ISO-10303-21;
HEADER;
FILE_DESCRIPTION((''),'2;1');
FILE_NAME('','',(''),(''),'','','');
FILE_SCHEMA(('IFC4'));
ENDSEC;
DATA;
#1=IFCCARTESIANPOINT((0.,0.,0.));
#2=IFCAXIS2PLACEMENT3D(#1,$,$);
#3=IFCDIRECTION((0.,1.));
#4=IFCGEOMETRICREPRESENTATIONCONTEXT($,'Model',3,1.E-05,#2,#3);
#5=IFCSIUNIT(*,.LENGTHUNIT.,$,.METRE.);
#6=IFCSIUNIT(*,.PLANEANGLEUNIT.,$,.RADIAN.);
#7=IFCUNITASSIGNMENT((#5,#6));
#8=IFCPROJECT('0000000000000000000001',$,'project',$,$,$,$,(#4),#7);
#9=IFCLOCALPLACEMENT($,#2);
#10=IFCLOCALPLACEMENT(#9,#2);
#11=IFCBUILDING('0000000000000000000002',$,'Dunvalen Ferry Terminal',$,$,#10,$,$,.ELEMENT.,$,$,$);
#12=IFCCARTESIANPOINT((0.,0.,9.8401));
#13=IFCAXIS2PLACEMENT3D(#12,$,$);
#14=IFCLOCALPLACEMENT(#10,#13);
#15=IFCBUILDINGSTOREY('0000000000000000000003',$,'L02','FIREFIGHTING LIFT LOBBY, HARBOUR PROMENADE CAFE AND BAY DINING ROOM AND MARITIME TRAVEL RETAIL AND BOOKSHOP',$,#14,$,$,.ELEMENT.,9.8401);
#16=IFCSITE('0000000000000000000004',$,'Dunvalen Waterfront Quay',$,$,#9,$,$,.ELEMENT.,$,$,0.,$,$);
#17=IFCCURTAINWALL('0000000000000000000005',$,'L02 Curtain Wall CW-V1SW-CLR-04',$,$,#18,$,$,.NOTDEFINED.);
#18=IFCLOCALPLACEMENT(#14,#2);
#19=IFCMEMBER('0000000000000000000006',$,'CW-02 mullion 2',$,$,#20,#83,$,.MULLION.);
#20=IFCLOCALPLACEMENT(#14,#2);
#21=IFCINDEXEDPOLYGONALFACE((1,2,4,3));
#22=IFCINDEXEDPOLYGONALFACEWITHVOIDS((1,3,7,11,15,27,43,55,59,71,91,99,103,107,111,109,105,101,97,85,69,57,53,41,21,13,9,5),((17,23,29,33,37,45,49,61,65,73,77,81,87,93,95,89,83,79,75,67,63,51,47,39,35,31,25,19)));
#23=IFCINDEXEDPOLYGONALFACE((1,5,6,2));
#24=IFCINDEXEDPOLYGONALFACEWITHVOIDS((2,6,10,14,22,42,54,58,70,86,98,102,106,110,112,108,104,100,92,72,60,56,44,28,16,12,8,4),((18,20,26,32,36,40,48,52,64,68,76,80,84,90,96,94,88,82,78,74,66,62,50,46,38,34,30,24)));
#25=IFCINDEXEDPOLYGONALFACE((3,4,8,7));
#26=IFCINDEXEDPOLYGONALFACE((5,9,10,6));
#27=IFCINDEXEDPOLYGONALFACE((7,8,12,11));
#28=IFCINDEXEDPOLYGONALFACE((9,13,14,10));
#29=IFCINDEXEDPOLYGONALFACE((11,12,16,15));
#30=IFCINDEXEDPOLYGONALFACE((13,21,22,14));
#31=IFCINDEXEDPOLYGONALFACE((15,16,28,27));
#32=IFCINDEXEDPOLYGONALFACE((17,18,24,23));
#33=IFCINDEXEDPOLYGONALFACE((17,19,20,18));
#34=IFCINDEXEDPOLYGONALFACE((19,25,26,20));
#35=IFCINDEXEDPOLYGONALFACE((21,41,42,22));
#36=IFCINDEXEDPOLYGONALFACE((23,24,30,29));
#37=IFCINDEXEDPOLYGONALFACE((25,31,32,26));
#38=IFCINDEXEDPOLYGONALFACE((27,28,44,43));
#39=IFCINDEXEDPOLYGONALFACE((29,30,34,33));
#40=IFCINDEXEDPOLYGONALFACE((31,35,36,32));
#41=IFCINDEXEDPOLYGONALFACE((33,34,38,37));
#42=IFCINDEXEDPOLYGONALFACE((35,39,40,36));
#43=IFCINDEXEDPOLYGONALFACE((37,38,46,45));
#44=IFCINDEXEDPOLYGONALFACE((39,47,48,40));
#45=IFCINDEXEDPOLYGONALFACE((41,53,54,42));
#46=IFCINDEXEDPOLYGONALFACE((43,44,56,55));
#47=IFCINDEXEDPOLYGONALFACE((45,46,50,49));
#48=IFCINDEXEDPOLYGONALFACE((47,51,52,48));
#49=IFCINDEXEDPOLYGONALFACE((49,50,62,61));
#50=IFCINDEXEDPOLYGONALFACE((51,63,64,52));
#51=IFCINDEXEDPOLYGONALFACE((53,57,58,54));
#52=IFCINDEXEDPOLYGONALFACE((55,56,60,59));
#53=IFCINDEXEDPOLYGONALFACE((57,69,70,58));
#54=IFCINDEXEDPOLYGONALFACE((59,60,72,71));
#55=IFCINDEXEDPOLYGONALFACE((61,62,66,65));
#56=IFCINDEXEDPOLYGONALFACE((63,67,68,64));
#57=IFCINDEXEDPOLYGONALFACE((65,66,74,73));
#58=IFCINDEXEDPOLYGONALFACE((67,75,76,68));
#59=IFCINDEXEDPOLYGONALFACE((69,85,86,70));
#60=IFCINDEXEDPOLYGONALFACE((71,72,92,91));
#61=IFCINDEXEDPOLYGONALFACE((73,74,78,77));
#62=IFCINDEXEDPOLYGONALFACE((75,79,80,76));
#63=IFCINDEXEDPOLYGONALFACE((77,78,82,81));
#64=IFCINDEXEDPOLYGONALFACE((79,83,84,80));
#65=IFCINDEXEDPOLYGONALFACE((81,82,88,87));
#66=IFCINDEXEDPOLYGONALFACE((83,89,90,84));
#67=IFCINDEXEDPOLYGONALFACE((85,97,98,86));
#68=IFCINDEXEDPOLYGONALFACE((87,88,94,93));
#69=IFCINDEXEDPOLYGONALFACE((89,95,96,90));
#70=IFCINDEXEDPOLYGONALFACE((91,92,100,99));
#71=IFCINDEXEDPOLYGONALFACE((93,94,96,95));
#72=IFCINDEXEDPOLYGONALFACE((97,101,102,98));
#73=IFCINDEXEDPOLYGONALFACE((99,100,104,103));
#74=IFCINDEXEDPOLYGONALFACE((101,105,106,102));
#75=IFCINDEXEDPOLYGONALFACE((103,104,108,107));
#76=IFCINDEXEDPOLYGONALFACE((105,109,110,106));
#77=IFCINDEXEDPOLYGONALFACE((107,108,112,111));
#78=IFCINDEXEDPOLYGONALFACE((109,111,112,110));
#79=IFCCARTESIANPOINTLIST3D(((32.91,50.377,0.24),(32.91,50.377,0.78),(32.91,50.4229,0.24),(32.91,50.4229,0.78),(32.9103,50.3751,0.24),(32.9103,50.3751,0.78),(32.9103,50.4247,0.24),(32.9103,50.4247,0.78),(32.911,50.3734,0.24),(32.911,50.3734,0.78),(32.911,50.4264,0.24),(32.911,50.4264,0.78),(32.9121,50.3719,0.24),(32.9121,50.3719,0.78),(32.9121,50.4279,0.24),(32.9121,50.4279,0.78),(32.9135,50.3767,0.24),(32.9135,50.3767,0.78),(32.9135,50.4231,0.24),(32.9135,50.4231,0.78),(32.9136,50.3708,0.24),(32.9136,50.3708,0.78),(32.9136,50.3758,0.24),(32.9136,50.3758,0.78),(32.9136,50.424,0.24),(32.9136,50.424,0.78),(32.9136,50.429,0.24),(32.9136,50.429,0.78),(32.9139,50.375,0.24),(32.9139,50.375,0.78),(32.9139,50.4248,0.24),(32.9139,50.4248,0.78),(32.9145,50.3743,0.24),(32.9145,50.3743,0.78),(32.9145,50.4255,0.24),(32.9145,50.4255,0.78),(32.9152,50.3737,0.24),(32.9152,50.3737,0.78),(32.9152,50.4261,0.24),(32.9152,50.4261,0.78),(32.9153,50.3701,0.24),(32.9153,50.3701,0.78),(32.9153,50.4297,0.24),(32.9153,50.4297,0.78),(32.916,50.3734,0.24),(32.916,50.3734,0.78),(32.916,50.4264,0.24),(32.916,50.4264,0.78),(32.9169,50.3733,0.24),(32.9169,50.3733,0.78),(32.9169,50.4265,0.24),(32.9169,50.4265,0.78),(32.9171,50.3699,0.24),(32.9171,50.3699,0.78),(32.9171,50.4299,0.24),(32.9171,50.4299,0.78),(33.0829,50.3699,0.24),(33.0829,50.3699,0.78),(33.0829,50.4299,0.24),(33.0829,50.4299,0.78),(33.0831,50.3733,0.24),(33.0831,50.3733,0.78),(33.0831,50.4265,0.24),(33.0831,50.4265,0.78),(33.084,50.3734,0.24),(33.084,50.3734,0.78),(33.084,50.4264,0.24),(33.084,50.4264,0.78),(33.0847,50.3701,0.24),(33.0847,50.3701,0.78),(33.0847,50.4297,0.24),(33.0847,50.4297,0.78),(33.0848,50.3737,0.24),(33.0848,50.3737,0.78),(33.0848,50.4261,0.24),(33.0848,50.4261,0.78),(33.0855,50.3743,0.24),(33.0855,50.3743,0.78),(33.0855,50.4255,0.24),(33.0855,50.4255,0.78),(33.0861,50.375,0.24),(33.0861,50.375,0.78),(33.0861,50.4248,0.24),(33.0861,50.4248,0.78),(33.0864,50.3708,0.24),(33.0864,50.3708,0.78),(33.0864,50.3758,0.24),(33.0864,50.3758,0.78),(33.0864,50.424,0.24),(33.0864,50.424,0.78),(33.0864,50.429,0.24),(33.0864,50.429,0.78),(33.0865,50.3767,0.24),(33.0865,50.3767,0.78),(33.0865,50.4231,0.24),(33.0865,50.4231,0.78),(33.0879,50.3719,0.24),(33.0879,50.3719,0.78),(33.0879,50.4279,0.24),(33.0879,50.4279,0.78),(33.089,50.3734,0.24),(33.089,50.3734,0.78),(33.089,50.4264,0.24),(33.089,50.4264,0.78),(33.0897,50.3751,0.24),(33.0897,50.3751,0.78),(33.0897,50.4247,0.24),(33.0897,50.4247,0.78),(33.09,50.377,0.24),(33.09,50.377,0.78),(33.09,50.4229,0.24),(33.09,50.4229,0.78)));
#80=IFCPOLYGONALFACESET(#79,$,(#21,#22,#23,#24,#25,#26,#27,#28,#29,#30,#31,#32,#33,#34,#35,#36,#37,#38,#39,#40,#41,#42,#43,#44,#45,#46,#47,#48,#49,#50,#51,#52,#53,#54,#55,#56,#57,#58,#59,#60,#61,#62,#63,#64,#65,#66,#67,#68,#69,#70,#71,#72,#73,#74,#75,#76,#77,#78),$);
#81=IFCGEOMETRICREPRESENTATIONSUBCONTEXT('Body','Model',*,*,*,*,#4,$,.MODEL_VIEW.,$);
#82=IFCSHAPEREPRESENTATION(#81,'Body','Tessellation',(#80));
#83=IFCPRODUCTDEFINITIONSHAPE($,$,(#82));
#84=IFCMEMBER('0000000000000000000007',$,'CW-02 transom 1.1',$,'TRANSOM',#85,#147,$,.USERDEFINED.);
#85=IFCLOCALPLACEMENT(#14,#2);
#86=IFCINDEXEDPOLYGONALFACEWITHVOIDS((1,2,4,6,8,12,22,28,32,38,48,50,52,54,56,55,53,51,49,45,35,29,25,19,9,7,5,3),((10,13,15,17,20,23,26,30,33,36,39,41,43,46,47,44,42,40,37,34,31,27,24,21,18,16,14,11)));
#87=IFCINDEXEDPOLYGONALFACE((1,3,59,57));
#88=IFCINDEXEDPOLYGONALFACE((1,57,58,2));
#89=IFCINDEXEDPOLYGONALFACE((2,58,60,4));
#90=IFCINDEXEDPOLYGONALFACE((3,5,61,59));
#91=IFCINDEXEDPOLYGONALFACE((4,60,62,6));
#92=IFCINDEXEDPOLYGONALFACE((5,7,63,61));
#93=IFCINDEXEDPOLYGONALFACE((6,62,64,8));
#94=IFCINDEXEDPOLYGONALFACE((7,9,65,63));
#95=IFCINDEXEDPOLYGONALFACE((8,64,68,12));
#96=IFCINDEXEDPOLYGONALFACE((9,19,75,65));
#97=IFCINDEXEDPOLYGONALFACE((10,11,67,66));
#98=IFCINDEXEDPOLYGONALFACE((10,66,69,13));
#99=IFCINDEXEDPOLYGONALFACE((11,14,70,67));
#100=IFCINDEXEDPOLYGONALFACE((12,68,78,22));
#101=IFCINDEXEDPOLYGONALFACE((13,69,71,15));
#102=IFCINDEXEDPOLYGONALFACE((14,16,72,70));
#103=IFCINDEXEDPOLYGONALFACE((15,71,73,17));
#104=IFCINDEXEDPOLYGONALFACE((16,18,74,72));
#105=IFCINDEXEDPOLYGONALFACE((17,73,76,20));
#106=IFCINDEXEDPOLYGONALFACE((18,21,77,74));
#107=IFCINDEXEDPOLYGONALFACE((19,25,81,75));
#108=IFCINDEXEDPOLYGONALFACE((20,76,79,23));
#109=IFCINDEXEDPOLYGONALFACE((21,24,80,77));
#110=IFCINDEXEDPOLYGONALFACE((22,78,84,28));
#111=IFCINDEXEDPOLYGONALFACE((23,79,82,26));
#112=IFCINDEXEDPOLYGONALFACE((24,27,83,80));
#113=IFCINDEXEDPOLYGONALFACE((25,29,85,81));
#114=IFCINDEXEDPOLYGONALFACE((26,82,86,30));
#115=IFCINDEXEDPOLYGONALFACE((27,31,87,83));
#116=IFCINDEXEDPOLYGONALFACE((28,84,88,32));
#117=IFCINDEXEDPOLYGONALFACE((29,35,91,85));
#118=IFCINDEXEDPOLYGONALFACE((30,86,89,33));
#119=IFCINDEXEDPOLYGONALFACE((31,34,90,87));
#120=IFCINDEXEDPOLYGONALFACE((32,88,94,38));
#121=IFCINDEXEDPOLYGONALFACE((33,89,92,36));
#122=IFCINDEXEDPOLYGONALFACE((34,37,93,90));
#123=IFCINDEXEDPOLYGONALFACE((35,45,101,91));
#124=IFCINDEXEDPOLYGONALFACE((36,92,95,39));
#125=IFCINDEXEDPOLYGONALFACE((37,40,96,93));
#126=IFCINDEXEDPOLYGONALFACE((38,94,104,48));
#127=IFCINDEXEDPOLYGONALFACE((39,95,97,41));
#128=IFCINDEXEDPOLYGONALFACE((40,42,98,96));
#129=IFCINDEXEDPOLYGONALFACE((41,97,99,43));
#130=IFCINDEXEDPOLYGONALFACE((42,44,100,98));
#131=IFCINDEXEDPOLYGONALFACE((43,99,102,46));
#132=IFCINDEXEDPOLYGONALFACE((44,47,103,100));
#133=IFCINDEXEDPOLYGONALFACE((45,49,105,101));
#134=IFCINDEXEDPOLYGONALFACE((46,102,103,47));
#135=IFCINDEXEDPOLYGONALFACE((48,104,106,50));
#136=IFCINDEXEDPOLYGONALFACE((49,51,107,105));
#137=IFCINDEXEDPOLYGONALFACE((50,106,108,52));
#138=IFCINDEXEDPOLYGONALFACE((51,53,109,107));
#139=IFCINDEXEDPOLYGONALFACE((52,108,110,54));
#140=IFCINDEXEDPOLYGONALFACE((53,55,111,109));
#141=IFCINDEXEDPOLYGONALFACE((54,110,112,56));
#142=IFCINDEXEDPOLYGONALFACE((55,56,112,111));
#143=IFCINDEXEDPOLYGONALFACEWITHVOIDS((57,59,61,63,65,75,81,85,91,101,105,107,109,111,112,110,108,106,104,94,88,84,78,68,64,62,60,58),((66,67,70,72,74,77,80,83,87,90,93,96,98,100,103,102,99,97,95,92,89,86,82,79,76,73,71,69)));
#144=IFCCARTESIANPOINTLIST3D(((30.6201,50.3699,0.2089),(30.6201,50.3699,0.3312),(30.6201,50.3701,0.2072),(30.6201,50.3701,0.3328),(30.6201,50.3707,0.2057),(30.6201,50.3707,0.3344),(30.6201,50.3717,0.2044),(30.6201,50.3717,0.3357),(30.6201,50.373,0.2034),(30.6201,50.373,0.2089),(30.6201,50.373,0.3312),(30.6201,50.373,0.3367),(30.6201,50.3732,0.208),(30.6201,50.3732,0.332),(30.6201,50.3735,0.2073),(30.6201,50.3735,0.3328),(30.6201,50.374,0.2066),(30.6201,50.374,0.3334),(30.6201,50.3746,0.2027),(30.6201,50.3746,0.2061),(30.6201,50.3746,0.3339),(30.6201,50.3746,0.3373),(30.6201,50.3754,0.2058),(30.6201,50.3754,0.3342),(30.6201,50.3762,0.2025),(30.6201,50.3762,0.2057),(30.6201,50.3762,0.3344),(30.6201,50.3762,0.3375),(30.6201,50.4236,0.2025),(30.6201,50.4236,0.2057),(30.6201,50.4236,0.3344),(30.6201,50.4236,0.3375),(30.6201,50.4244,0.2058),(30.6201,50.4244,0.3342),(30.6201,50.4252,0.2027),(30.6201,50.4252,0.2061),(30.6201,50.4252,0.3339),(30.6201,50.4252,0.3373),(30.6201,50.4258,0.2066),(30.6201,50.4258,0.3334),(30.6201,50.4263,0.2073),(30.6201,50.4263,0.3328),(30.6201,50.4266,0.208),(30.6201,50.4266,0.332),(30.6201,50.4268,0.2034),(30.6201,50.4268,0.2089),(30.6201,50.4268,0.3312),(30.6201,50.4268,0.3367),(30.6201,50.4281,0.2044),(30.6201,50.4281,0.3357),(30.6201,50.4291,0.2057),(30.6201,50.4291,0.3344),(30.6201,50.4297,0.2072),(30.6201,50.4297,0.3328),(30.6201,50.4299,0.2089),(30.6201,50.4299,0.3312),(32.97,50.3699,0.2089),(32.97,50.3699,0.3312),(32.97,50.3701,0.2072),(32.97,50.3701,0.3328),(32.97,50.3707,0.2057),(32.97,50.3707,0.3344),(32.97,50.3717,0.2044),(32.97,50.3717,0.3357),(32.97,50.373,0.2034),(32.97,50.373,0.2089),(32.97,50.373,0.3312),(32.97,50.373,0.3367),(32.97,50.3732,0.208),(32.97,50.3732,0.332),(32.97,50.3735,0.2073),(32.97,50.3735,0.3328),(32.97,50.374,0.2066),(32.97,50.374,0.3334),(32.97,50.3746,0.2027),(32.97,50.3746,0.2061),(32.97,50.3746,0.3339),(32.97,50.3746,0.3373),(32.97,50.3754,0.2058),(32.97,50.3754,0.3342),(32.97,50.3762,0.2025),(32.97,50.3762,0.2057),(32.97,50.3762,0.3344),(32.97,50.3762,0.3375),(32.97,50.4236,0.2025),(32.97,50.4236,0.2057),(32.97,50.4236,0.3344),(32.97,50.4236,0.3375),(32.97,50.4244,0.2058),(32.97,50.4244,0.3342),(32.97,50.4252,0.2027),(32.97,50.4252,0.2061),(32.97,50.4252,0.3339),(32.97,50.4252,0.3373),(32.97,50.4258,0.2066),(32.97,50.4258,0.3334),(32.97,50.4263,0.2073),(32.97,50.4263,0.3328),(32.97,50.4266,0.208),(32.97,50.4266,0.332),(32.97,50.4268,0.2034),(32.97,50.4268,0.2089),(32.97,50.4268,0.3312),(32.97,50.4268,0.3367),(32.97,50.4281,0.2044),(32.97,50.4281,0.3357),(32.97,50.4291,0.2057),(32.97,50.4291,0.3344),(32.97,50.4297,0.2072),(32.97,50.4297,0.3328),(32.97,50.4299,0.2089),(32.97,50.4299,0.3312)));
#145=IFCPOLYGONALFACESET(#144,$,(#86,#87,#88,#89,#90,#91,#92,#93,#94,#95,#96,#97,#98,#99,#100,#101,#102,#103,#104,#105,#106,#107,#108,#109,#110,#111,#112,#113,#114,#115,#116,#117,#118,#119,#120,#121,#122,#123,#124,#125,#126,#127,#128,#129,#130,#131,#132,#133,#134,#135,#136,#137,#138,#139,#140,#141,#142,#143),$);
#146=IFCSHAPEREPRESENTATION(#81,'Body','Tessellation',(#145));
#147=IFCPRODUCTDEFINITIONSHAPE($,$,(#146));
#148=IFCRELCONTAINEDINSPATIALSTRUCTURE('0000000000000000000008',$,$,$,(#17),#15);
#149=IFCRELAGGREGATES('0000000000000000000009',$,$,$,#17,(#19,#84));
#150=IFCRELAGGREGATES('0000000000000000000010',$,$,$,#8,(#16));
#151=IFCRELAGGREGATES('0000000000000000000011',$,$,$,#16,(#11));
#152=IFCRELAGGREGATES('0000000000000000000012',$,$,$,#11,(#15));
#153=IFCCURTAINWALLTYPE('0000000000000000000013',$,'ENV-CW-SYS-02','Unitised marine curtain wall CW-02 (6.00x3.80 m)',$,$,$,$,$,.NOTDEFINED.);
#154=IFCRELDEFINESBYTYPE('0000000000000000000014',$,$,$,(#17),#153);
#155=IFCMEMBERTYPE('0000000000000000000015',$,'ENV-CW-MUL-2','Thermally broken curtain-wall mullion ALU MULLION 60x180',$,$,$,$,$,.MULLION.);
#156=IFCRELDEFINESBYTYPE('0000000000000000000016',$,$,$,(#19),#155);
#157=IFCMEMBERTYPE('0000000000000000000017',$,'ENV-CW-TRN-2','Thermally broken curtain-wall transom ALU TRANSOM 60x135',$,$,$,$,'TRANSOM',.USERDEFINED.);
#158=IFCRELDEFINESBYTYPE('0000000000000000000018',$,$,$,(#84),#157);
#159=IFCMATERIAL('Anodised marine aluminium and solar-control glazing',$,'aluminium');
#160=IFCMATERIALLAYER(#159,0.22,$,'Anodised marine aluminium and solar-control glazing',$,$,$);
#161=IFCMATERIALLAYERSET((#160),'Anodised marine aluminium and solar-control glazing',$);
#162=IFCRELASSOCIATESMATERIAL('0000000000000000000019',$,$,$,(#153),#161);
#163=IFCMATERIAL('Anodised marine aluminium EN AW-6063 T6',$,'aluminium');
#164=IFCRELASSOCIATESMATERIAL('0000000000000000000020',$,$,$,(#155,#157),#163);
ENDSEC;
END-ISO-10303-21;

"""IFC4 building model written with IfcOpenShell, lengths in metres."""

from ifc_helpers import new_model, si_unit, direction, frame, origin, origin_2d, place, context, subcontext, project, spatial, hollow_rectangle, extrude, material, layer, layer_set, material_profile, profile_set, type_object, element, aggregate, save


model = new_model("IFC4")

# Units and contexts
model_context = context("Model", 3, precision=1e-05, world=origin(), true_north=direction((0.0, 1.0)))
body_context = subcontext(model_context, "Body", "Model", "MODEL_VIEW")
ifc_project = project(units=[si_unit("LENGTHUNIT", "METRE"), si_unit("PLANEANGLEUNIT", "RADIAN")], contexts=[model_context])

# Site, building, storey
site_placement = place(None, origin())
site = spatial("IfcSite", under=ifc_project, at=site_placement, Name="Dunvalen Waterfront Quay", CompositionType="ELEMENT", RefElevation=0.0)
building_placement = place(site_placement, origin())
building = spatial("IfcBuilding", under=site, at=building_placement, Name="Dunvalen Ferry Terminal", CompositionType="ELEMENT")
storey_placement = place(building_placement, frame((0.0, 0.0, 9.8401)))
storey = spatial("IfcBuildingStorey", under=building, at=storey_placement, Name="L02", Description="FIREFIGHTING LIFT LOBBY, HARBOUR PROMENADE CAFE AND BAY DINING ROOM AND MARITIME TRAVEL RETAIL AND BOOKSHOP", CompositionType="ELEMENT", Elevation=9.8401)

# Shared definitions
ifc_material_1 = material(Name="Anodised marine aluminium and solar-control glazing", Category="aluminium")
ifc_layer_1 = layer(ifc_material_1, 0.22, Name="Anodised marine aluminium and solar-control glazing")
ifc_layer_set_1 = layer_set([ifc_layer_1], Name="Anodised marine aluminium and solar-control glazing")
curtain_wall_type = type_object("IfcCurtainWallType", Name="ENV-CW-SYS-02", Description="Unitised marine curtain wall CW-02 (6.00x3.80 m)", PredefinedType="NOTDEFINED", material=ifc_layer_set_1)
ifc_material_2 = material(Name="Anodised marine aluminium EN AW-6063 T6", Category="aluminium")
ifc_material_profile_1 = material_profile(ifc_material_2, hollow_rectangle(XDim=0.0601, YDim=0.1799, WallThickness=0.0034, InnerFilletRadius=0.0034, OuterFilletRadius=0.0071, at=origin_2d()), Name="Anodised marine aluminium EN AW-6063 T6")
ifc_profile_set_1 = profile_set([ifc_material_profile_1], Name="Anodised marine aluminium EN AW-6063 T6")
member_type_1 = type_object("IfcMemberType", Name="ENV-CW-MUL-2", Description="Thermally broken curtain-wall mullion ALU MULLION 60x180", PredefinedType="MULLION", material=ifc_profile_set_1)

# Curtain wall, members
curtain_wall_1_placement = place(storey_placement, origin())
curtain_wall_1 = element("IfcCurtainWall", 1, at=curtain_wall_1_placement, inside=storey, type_object=curtain_wall_type, Name="L02 Curtain Wall CW-V1SW-CLR-04", PredefinedType="NOTDEFINED")
member_1_placement = place(storey_placement, frame((33.0, 50.3999, 0.24), z_axis=(0.0, 0.0, 1.0), x_axis=(0.0, 1.0, 0.0)))
member_1 = element("IfcMember", 2, at=member_1_placement, type_object=member_type_1, Name="CW-02 mullion 2", PredefinedType="MULLION", context=body_context, shape_type="SweptSolid", body=[
    extrude(hollow_rectangle(XDim=0.0601, YDim=0.1799, WallThickness=0.0034, InnerFilletRadius=0.0034, OuterFilletRadius=0.0071, at=origin_2d()), origin(), (0.0, 0.0, 1.0), 0.54),
])
ifc_material_profile_2 = material_profile(ifc_material_2, hollow_rectangle(XDim=0.0601, YDim=0.135, WallThickness=0.0032, InnerFilletRadius=0.0032, OuterFilletRadius=0.0063, at=origin_2d()), Name="Anodised marine aluminium EN AW-6063 T6")
ifc_profile_set_2 = profile_set([ifc_material_profile_2], Name="Anodised marine aluminium EN AW-6063 T6")
member_type_2 = type_object("IfcMemberType", Name="ENV-CW-TRN-2", Description="Thermally broken curtain-wall transom ALU TRANSOM 60x135", ElementType="TRANSOM", PredefinedType="USERDEFINED", material=ifc_profile_set_2)
member_2_placement = place(storey_placement, frame((30.6201, 50.3999, 0.27), z_axis=(1.0, 0.0, 0.0), x_axis=(0.0, 1.0, 0.0)))
member_2 = element("IfcMember", 3, at=member_2_placement, type_object=member_type_2, Name="CW-02 transom 1.1", ObjectType="TRANSOM", PredefinedType="USERDEFINED", context=body_context, shape_type="SweptSolid", body=[
    extrude(hollow_rectangle(XDim=0.0601, YDim=0.135, WallThickness=0.0032, InnerFilletRadius=0.0032, OuterFilletRadius=0.0063, at=origin_2d()), origin(), (0.0, 0.0, 1.0), 2.3499),
])

aggregate(curtain_wall_1, [member_1, member_2])

save(model, "model.ifc")
